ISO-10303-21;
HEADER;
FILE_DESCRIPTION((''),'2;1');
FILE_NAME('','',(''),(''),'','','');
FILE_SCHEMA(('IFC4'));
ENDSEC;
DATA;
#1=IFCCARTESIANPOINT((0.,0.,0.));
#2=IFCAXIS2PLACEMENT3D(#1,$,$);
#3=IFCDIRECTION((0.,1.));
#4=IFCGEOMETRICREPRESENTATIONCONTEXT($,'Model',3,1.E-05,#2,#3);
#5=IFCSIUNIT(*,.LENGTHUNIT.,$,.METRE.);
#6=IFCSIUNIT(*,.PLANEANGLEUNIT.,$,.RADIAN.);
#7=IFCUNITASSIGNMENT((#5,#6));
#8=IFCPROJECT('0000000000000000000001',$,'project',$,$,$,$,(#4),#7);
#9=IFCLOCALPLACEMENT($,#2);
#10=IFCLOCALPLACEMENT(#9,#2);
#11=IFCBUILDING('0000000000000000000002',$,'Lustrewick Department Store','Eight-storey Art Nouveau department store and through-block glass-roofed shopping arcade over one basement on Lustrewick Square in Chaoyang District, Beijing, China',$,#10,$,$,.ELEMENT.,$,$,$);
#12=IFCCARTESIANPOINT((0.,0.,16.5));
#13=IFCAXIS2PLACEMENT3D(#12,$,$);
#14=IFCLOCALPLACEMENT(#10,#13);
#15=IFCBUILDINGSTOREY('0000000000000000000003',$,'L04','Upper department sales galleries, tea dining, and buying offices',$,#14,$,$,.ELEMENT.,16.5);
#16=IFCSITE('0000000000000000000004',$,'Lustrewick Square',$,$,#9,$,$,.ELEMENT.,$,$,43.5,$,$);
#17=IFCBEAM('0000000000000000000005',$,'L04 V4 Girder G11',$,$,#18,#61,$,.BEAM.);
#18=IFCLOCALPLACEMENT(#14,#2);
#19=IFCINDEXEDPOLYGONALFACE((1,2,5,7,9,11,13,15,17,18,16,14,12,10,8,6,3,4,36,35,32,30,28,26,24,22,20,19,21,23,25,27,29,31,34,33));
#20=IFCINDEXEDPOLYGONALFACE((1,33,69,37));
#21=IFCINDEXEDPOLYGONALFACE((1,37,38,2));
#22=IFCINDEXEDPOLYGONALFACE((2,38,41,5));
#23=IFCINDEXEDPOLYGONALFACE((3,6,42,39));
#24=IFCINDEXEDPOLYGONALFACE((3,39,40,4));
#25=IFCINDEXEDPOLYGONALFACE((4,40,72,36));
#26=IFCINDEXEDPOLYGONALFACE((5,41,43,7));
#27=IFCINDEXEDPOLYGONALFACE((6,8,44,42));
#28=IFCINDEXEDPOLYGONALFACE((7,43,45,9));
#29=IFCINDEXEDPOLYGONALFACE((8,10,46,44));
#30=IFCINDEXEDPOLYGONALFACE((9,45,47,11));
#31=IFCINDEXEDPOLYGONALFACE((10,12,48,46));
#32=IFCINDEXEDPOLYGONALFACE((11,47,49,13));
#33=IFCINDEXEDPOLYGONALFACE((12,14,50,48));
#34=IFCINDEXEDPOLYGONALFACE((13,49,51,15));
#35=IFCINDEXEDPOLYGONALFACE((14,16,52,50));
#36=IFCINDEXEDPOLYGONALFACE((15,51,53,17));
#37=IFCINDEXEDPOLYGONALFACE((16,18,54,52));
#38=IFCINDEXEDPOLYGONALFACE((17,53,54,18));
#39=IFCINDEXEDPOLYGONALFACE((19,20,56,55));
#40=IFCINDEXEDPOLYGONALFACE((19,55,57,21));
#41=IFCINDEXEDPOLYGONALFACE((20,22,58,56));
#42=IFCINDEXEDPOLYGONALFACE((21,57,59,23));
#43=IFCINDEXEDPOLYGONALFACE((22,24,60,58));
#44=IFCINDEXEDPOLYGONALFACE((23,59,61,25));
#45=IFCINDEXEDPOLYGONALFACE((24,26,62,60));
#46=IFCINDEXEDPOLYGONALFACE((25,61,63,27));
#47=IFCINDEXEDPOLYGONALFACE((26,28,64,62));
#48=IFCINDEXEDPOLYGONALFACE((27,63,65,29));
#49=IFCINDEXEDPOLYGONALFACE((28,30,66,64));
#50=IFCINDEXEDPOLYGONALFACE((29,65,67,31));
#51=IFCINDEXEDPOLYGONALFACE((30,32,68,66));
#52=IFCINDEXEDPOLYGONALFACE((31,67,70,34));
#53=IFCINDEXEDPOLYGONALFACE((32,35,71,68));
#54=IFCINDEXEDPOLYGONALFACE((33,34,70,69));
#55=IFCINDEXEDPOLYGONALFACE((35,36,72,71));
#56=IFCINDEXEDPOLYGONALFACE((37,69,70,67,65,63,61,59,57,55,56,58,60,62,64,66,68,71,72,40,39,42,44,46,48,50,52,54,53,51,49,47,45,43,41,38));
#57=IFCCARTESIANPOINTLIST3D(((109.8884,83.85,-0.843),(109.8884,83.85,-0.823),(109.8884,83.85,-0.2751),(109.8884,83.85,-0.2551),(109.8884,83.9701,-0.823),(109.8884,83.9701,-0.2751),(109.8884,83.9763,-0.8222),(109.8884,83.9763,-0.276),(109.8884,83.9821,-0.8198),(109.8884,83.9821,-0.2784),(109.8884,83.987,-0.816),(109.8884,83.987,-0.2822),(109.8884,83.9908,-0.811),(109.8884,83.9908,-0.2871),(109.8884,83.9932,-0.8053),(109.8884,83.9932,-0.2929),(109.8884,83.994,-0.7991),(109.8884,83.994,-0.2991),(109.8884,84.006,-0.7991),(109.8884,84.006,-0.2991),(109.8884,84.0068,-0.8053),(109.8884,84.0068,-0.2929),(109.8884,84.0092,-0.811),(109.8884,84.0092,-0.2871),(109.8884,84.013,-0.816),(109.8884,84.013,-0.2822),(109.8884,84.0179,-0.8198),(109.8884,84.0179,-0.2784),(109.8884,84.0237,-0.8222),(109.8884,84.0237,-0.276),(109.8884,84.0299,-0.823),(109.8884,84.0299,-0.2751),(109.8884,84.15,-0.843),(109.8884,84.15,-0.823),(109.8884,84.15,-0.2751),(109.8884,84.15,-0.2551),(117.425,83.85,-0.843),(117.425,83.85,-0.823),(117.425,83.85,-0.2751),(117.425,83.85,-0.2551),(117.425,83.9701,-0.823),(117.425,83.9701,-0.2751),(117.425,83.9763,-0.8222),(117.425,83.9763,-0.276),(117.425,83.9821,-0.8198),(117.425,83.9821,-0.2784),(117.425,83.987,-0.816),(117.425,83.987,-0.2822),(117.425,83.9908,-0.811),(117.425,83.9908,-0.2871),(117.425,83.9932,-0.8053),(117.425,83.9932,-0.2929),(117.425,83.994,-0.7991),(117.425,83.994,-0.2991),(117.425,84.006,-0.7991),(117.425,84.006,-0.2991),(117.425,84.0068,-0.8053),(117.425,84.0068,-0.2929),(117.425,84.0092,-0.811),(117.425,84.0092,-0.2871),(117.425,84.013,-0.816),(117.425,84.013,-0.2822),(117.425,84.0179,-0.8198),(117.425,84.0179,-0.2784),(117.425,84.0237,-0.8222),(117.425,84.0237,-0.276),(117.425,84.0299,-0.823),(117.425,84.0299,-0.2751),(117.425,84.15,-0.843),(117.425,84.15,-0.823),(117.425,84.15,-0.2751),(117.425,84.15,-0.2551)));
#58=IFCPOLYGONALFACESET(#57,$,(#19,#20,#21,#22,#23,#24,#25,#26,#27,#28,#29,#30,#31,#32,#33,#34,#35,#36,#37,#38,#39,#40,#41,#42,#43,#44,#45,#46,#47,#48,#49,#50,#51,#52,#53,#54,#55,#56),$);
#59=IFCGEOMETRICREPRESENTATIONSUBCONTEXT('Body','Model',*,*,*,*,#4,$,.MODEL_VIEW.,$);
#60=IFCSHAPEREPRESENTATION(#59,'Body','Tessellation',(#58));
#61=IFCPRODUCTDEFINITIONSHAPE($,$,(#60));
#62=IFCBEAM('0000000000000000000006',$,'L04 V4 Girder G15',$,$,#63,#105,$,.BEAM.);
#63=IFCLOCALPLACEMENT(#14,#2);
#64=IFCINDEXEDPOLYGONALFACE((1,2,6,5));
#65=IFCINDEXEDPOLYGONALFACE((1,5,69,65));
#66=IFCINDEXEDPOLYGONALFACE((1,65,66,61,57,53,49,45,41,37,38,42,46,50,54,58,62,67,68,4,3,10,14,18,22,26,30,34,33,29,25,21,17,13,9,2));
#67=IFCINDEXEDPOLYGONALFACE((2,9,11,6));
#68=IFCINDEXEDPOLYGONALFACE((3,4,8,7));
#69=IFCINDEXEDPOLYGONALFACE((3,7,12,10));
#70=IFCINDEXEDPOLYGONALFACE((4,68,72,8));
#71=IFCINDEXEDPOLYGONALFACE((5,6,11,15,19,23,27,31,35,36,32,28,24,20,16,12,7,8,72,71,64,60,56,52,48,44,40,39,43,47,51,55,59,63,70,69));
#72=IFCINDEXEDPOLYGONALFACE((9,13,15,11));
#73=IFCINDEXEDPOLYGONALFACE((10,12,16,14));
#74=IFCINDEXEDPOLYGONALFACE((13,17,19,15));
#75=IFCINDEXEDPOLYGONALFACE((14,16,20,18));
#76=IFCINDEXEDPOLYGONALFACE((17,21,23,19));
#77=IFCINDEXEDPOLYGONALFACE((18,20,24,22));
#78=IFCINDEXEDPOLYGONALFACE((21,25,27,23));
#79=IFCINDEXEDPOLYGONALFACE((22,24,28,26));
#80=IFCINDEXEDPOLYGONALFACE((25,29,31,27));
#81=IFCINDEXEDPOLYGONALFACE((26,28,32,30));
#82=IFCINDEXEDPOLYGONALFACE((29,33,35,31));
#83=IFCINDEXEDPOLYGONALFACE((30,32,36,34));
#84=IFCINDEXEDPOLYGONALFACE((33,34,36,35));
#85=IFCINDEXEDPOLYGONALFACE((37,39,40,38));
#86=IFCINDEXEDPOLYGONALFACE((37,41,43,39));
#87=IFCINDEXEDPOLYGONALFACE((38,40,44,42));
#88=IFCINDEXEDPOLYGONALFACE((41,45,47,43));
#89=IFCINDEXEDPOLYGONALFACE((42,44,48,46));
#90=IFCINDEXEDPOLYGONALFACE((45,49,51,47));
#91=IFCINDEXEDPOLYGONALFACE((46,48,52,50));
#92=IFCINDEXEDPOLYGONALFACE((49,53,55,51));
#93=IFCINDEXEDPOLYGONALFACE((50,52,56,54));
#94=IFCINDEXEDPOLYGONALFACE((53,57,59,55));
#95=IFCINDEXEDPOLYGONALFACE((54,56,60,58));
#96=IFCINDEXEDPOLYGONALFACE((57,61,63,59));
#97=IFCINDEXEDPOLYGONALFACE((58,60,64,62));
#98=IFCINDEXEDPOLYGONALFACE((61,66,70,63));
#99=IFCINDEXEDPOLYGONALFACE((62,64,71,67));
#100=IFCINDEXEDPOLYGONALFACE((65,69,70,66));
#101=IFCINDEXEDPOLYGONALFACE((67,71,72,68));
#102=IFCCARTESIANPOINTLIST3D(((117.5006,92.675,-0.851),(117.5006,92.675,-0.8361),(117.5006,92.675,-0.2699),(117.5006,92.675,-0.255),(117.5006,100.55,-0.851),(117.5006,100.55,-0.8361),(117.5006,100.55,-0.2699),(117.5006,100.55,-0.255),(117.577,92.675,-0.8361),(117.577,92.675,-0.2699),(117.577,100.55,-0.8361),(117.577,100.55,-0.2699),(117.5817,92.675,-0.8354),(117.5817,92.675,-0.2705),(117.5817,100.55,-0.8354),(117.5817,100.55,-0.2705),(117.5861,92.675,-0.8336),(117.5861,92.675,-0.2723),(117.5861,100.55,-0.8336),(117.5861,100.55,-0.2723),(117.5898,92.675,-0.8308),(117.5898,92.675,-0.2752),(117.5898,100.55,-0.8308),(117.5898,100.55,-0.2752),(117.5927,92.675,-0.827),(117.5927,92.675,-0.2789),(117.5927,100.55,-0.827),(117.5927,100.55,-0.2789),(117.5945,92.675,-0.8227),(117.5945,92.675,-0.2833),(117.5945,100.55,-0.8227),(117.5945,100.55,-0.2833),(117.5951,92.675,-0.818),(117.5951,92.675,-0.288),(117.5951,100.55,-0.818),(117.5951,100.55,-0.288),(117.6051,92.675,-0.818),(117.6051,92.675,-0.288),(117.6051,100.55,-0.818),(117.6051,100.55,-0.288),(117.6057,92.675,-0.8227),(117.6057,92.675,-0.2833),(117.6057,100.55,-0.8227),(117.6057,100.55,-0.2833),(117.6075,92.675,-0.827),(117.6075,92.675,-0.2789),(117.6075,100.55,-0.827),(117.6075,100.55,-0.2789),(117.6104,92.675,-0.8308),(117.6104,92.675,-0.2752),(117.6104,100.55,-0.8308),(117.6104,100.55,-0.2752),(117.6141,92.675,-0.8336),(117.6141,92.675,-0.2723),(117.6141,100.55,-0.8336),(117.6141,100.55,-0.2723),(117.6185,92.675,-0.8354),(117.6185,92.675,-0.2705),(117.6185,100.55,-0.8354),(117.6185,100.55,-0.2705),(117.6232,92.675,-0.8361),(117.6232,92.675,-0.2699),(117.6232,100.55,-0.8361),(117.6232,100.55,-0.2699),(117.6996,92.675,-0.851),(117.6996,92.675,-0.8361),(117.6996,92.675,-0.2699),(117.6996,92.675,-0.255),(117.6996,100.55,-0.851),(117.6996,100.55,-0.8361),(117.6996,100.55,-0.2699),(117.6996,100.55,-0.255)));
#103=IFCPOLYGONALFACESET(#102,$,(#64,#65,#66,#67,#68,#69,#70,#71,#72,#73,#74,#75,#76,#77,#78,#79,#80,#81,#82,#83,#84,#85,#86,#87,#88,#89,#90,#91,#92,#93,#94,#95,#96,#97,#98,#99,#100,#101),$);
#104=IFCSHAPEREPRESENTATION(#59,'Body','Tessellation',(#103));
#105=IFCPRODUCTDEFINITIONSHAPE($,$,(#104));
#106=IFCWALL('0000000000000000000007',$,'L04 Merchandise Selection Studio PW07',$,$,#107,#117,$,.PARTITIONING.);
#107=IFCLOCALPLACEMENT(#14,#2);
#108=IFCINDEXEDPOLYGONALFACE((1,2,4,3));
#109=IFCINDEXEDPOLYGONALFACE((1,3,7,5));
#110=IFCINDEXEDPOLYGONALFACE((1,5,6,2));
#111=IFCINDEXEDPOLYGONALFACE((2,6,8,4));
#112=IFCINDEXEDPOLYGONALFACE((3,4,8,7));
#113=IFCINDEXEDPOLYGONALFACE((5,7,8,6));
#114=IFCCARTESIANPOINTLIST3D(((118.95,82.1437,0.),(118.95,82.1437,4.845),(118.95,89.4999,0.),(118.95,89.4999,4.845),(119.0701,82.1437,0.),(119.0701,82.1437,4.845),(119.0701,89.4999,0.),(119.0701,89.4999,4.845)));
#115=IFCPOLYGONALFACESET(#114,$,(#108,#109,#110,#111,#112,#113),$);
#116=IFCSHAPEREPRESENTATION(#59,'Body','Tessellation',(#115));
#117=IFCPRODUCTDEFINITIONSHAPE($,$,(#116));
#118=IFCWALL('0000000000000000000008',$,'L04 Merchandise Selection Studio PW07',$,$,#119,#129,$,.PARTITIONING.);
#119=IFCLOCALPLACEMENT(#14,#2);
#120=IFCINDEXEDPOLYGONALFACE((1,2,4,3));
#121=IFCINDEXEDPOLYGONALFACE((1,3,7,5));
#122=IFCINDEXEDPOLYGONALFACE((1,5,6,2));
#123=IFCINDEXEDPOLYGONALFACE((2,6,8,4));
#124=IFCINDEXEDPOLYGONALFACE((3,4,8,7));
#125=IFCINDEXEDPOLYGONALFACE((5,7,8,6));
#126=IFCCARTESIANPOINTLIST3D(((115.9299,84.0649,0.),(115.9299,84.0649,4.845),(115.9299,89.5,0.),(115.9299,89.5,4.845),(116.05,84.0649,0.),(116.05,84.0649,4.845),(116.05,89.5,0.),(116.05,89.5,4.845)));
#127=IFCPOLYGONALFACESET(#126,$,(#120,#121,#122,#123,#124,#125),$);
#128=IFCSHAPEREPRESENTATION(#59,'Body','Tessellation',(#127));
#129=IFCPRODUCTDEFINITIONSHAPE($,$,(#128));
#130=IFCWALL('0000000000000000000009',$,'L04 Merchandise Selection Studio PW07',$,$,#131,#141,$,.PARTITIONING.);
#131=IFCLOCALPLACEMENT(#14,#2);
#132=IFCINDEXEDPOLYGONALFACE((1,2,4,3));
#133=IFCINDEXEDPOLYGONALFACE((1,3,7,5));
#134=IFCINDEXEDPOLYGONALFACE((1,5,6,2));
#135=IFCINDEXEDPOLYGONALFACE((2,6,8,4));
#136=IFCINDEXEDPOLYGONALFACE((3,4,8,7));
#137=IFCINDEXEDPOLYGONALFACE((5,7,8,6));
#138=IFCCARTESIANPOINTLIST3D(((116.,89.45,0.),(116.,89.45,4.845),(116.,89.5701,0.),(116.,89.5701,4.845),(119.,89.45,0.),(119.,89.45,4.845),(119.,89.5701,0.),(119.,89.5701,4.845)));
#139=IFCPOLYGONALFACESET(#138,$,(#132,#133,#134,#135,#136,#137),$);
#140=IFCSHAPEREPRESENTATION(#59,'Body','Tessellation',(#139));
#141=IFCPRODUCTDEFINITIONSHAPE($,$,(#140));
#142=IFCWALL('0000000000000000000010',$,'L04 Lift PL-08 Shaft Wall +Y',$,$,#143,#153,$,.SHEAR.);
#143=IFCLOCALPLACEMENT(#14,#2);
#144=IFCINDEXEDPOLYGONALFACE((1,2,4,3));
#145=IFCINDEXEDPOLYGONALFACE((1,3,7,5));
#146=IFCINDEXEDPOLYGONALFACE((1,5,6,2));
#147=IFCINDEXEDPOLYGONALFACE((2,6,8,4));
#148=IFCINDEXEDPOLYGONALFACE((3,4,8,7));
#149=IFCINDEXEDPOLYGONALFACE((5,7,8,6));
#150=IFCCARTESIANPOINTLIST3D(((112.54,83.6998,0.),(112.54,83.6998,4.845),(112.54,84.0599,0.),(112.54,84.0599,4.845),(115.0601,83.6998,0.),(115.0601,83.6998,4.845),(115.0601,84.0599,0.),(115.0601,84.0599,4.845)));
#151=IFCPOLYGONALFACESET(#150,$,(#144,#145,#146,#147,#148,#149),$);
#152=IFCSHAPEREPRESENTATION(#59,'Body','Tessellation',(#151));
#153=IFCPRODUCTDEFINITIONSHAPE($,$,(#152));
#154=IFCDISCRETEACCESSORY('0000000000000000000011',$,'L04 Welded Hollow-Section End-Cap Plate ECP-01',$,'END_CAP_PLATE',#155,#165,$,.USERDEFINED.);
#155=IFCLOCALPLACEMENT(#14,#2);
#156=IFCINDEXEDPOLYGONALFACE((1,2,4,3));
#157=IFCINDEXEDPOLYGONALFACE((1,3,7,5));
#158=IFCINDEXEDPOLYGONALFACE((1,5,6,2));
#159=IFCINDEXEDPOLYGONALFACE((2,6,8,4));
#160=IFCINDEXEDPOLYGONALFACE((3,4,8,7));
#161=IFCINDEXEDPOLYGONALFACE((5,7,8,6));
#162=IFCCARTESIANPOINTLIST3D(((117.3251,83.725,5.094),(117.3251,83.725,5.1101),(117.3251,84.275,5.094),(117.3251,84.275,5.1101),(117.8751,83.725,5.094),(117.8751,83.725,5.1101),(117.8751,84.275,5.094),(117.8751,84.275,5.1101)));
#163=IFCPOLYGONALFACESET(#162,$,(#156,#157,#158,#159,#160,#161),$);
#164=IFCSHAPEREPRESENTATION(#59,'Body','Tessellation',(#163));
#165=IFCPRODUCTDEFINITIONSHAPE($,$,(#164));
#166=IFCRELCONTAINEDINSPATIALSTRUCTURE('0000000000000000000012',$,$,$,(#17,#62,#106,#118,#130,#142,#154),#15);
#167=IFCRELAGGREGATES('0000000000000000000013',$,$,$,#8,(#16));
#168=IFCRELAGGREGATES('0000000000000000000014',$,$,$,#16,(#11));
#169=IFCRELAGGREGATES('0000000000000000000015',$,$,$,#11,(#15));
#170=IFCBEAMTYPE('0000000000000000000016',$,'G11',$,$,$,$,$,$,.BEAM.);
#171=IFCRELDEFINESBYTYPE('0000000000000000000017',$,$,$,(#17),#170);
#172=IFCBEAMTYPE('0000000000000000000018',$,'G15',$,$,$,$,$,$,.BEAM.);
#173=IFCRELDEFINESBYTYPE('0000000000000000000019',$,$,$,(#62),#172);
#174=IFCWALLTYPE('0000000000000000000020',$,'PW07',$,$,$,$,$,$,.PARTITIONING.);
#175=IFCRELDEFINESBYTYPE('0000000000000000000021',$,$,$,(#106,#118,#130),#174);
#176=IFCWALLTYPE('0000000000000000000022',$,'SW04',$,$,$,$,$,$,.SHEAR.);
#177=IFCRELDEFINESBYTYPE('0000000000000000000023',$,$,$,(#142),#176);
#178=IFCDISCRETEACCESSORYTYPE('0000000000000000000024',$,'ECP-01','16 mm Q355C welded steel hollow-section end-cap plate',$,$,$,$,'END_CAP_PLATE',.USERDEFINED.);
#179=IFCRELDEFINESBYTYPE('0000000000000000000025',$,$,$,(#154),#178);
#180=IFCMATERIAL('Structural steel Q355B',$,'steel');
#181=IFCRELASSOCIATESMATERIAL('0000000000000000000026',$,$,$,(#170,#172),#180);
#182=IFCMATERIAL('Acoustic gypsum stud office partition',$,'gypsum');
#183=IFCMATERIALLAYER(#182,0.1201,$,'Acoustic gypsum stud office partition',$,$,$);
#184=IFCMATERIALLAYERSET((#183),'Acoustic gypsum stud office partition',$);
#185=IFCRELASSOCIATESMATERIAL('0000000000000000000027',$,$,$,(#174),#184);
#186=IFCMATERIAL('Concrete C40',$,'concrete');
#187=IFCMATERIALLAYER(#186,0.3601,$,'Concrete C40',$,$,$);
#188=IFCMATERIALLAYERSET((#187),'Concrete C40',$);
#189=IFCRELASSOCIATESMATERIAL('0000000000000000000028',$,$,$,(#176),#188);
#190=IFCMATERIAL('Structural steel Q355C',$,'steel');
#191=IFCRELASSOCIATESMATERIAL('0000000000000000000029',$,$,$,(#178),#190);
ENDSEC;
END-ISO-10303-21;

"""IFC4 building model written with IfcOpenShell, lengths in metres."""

from ifc_helpers import new_model, si_unit, direction, frame, frame_2d, origin, origin_2d, place, context, subcontext, project, spatial, rectangle, i_section, extrude, material, layer, layer_set, material_profile, profile_set, type_object, element, save


model = new_model("IFC4")

# Units and contexts
model_context = context("Model", 3, precision=1e-05, world=origin(), true_north=direction((0.0, 1.0)))
body_context = subcontext(model_context, "Body", "Model", "MODEL_VIEW")
ifc_project = project(units=[si_unit("LENGTHUNIT", "METRE"), si_unit("PLANEANGLEUNIT", "RADIAN")], contexts=[model_context])

# Site, building, storey
site_placement = place(None, origin())
site = spatial("IfcSite", under=ifc_project, at=site_placement, Name="Lustrewick Square", CompositionType="ELEMENT", RefElevation=43.5)
building_placement = place(site_placement, origin())
building = spatial("IfcBuilding", under=site, at=building_placement, Name="Lustrewick Department Store", Description="Eight-storey Art Nouveau department store and through-block glass-roofed shopping arcade over one basement on Lustrewick Square in Chaoyang District, Beijing, China", CompositionType="ELEMENT")
storey_placement = place(building_placement, frame((0.0, 0.0, 16.5)))
storey = spatial("IfcBuildingStorey", under=building, at=storey_placement, Name="L04", Description="Upper department sales galleries, tea dining, and buying offices", CompositionType="ELEMENT", Elevation=16.5)

# Shared definitions
ifc_material_1 = material(Name="Structural steel Q355C", Category="steel")
ifc_material_2 = material(Name="Structural steel Q355B", Category="steel")

# Beams
ifc_material_profile_1 = material_profile(ifc_material_2, i_section(OverallWidth=0.3, OverallDepth=0.5879, WebThickness=0.012, FlangeThickness=0.02, FilletRadius=0.0239, at=origin_2d()), Name="HM 588x300x12x20")
ifc_profile_set_1 = profile_set([ifc_material_profile_1], Name="Structural steel Q355B")
beam_type_1 = type_object("IfcBeamType", Name="G11", PredefinedType="BEAM", material=ifc_profile_set_1)
beam_1_placement = place(storey_placement, frame((109.8884, 84.0, -0.5491), z_axis=(1.0, 0.0, 0.0), x_axis=(0.0, 1.0, 0.0)))
element("IfcBeam", 1, at=beam_1_placement, inside=storey, type_object=beam_type_1, Name="L04 V4 Girder G11", PredefinedType="BEAM", context=body_context, shape_type="SweptSolid", body=[
    extrude(i_section(OverallWidth=0.3, OverallDepth=0.5879, WebThickness=0.012, FlangeThickness=0.02, FilletRadius=0.0239, at=origin_2d()), origin(), (0.0, 0.0, 1.0), 7.5366),
])
ifc_material_profile_2 = material_profile(ifc_material_2, i_section(OverallWidth=0.199, OverallDepth=0.5959, WebThickness=0.01, FlangeThickness=0.0149, FilletRadius=0.0181, at=origin_2d()), Name="HN 596x199x10x15")
ifc_profile_set_2 = profile_set([ifc_material_profile_2], Name="Structural steel Q355B")
beam_type_2 = type_object("IfcBeamType", Name="G15", PredefinedType="BEAM", material=ifc_profile_set_2)
beam_2_placement = place(storey_placement, frame((117.6001, 92.675, -0.553), z_axis=(0.0, 1.0, 0.0), x_axis=(-1.0, 0.0, 0.0)))
element("IfcBeam", 2, at=beam_2_placement, inside=storey, type_object=beam_type_2, Name="L04 V4 Girder G15", PredefinedType="BEAM", context=body_context, shape_type="SweptSolid", body=[
    extrude(i_section(OverallWidth=0.199, OverallDepth=0.5959, WebThickness=0.01, FlangeThickness=0.0149, FilletRadius=0.0181, at=origin_2d()), origin(), (0.0, 0.0, 1.0), 7.875),
])

# Walls
ifc_material_3 = material(Name="Acoustic gypsum stud office partition", Category="gypsum")
ifc_layer_1 = layer(ifc_material_3, 0.1201, Name="Acoustic gypsum stud office partition")
ifc_layer_set_1 = layer_set([ifc_layer_1], Name="Acoustic gypsum stud office partition")
wall_type_1 = type_object("IfcWallType", Name="PW07", PredefinedType="PARTITIONING", material=ifc_layer_set_1)
wall_1_placement = place(storey_placement, frame((119.01, 89.5, 0.0), z_axis=(0.0, 0.0, 1.0), x_axis=(0.0, -1.0, 0.0)))
element("IfcWall", 3, at=wall_1_placement, inside=storey, type_object=wall_type_1, Name="L04 Merchandise Selection Studio PW07", PredefinedType="PARTITIONING", context=body_context, shape_type="SweptSolid", body=[
    extrude(rectangle(XDim=7.3562, YDim=0.1201, at=frame_2d((3.6782, 0.0))), origin(), (0.0, 0.0, 1.0), 4.845),
])
wall_2_placement = place(storey_placement, frame((115.99, 84.0649, 0.0), z_axis=(0.0, 0.0, 1.0), x_axis=(0.0, 1.0, 0.0)))
element("IfcWall", 4, at=wall_2_placement, inside=storey, type_object=wall_type_1, Name="L04 Merchandise Selection Studio PW07", PredefinedType="PARTITIONING", context=body_context, shape_type="SweptSolid", body=[
    extrude(rectangle(XDim=5.4351, YDim=0.1201, at=frame_2d((2.7175, 0.0))), origin(), (0.0, 0.0, 1.0), 4.845),
])
wall_3_placement = place(storey_placement, frame((116.0, 89.51, 0.0), z_axis=(0.0, 0.0, 1.0), x_axis=(1.0, 0.0, 0.0)))
element("IfcWall", 5, at=wall_3_placement, inside=storey, type_object=wall_type_1, Name="L04 Merchandise Selection Studio PW07", PredefinedType="PARTITIONING", context=body_context, shape_type="SweptSolid", body=[
    extrude(rectangle(XDim=3.0, YDim=0.1201, at=frame_2d((1.5, 0.0))), origin(), (0.0, 0.0, 1.0), 4.845),
])
ifc_material_4 = material(Name="Concrete C40", Category="concrete")
ifc_layer_2 = layer(ifc_material_4, 0.3601, Name="Concrete C40")
ifc_layer_set_2 = layer_set([ifc_layer_2], Name="Concrete C40")
wall_type_2 = type_object("IfcWallType", Name="SW04", PredefinedType="SHEAR", material=ifc_layer_set_2)
wall_4_placement = place(storey_placement, frame((115.0601, 83.8799, 0.0), z_axis=(0.0, 0.0, 1.0), x_axis=(-1.0, 0.0, 0.0)))
element("IfcWall", 6, at=wall_4_placement, inside=storey, type_object=wall_type_2, Name="L04 Lift PL-08 Shaft Wall +Y", PredefinedType="SHEAR", context=body_context, shape_type="SweptSolid", body=[
    extrude(rectangle(XDim=2.52, YDim=0.3601, at=frame_2d((1.26, 0.0))), origin(), (0.0, 0.0, 1.0), 4.845),
])

# Discrete accessory
discrete_accessory_type = type_object("IfcDiscreteAccessoryType", Name="ECP-01", Description="16 mm Q355C welded steel hollow-section end-cap plate", ElementType="END_CAP_PLATE", PredefinedType="USERDEFINED", material=ifc_material_1)
discrete_accessory_placement = place(storey_placement, frame((117.6001, 84.0, 5.094), z_axis=(0.0, 0.0, 1.0), x_axis=(1.0, 0.0, 0.0)))
element("IfcDiscreteAccessory", 7, at=discrete_accessory_placement, inside=storey, type_object=discrete_accessory_type, Name="L04 Welded Hollow-Section End-Cap Plate ECP-01", ObjectType="END_CAP_PLATE", PredefinedType="USERDEFINED", context=body_context, shape_type="SweptSolid", body=[
    extrude(rectangle(XDim=0.55, YDim=0.55, at=origin_2d()), origin(), (0.0, 0.0, 1.0), 0.0161),
])

save(model, "model.ifc")
